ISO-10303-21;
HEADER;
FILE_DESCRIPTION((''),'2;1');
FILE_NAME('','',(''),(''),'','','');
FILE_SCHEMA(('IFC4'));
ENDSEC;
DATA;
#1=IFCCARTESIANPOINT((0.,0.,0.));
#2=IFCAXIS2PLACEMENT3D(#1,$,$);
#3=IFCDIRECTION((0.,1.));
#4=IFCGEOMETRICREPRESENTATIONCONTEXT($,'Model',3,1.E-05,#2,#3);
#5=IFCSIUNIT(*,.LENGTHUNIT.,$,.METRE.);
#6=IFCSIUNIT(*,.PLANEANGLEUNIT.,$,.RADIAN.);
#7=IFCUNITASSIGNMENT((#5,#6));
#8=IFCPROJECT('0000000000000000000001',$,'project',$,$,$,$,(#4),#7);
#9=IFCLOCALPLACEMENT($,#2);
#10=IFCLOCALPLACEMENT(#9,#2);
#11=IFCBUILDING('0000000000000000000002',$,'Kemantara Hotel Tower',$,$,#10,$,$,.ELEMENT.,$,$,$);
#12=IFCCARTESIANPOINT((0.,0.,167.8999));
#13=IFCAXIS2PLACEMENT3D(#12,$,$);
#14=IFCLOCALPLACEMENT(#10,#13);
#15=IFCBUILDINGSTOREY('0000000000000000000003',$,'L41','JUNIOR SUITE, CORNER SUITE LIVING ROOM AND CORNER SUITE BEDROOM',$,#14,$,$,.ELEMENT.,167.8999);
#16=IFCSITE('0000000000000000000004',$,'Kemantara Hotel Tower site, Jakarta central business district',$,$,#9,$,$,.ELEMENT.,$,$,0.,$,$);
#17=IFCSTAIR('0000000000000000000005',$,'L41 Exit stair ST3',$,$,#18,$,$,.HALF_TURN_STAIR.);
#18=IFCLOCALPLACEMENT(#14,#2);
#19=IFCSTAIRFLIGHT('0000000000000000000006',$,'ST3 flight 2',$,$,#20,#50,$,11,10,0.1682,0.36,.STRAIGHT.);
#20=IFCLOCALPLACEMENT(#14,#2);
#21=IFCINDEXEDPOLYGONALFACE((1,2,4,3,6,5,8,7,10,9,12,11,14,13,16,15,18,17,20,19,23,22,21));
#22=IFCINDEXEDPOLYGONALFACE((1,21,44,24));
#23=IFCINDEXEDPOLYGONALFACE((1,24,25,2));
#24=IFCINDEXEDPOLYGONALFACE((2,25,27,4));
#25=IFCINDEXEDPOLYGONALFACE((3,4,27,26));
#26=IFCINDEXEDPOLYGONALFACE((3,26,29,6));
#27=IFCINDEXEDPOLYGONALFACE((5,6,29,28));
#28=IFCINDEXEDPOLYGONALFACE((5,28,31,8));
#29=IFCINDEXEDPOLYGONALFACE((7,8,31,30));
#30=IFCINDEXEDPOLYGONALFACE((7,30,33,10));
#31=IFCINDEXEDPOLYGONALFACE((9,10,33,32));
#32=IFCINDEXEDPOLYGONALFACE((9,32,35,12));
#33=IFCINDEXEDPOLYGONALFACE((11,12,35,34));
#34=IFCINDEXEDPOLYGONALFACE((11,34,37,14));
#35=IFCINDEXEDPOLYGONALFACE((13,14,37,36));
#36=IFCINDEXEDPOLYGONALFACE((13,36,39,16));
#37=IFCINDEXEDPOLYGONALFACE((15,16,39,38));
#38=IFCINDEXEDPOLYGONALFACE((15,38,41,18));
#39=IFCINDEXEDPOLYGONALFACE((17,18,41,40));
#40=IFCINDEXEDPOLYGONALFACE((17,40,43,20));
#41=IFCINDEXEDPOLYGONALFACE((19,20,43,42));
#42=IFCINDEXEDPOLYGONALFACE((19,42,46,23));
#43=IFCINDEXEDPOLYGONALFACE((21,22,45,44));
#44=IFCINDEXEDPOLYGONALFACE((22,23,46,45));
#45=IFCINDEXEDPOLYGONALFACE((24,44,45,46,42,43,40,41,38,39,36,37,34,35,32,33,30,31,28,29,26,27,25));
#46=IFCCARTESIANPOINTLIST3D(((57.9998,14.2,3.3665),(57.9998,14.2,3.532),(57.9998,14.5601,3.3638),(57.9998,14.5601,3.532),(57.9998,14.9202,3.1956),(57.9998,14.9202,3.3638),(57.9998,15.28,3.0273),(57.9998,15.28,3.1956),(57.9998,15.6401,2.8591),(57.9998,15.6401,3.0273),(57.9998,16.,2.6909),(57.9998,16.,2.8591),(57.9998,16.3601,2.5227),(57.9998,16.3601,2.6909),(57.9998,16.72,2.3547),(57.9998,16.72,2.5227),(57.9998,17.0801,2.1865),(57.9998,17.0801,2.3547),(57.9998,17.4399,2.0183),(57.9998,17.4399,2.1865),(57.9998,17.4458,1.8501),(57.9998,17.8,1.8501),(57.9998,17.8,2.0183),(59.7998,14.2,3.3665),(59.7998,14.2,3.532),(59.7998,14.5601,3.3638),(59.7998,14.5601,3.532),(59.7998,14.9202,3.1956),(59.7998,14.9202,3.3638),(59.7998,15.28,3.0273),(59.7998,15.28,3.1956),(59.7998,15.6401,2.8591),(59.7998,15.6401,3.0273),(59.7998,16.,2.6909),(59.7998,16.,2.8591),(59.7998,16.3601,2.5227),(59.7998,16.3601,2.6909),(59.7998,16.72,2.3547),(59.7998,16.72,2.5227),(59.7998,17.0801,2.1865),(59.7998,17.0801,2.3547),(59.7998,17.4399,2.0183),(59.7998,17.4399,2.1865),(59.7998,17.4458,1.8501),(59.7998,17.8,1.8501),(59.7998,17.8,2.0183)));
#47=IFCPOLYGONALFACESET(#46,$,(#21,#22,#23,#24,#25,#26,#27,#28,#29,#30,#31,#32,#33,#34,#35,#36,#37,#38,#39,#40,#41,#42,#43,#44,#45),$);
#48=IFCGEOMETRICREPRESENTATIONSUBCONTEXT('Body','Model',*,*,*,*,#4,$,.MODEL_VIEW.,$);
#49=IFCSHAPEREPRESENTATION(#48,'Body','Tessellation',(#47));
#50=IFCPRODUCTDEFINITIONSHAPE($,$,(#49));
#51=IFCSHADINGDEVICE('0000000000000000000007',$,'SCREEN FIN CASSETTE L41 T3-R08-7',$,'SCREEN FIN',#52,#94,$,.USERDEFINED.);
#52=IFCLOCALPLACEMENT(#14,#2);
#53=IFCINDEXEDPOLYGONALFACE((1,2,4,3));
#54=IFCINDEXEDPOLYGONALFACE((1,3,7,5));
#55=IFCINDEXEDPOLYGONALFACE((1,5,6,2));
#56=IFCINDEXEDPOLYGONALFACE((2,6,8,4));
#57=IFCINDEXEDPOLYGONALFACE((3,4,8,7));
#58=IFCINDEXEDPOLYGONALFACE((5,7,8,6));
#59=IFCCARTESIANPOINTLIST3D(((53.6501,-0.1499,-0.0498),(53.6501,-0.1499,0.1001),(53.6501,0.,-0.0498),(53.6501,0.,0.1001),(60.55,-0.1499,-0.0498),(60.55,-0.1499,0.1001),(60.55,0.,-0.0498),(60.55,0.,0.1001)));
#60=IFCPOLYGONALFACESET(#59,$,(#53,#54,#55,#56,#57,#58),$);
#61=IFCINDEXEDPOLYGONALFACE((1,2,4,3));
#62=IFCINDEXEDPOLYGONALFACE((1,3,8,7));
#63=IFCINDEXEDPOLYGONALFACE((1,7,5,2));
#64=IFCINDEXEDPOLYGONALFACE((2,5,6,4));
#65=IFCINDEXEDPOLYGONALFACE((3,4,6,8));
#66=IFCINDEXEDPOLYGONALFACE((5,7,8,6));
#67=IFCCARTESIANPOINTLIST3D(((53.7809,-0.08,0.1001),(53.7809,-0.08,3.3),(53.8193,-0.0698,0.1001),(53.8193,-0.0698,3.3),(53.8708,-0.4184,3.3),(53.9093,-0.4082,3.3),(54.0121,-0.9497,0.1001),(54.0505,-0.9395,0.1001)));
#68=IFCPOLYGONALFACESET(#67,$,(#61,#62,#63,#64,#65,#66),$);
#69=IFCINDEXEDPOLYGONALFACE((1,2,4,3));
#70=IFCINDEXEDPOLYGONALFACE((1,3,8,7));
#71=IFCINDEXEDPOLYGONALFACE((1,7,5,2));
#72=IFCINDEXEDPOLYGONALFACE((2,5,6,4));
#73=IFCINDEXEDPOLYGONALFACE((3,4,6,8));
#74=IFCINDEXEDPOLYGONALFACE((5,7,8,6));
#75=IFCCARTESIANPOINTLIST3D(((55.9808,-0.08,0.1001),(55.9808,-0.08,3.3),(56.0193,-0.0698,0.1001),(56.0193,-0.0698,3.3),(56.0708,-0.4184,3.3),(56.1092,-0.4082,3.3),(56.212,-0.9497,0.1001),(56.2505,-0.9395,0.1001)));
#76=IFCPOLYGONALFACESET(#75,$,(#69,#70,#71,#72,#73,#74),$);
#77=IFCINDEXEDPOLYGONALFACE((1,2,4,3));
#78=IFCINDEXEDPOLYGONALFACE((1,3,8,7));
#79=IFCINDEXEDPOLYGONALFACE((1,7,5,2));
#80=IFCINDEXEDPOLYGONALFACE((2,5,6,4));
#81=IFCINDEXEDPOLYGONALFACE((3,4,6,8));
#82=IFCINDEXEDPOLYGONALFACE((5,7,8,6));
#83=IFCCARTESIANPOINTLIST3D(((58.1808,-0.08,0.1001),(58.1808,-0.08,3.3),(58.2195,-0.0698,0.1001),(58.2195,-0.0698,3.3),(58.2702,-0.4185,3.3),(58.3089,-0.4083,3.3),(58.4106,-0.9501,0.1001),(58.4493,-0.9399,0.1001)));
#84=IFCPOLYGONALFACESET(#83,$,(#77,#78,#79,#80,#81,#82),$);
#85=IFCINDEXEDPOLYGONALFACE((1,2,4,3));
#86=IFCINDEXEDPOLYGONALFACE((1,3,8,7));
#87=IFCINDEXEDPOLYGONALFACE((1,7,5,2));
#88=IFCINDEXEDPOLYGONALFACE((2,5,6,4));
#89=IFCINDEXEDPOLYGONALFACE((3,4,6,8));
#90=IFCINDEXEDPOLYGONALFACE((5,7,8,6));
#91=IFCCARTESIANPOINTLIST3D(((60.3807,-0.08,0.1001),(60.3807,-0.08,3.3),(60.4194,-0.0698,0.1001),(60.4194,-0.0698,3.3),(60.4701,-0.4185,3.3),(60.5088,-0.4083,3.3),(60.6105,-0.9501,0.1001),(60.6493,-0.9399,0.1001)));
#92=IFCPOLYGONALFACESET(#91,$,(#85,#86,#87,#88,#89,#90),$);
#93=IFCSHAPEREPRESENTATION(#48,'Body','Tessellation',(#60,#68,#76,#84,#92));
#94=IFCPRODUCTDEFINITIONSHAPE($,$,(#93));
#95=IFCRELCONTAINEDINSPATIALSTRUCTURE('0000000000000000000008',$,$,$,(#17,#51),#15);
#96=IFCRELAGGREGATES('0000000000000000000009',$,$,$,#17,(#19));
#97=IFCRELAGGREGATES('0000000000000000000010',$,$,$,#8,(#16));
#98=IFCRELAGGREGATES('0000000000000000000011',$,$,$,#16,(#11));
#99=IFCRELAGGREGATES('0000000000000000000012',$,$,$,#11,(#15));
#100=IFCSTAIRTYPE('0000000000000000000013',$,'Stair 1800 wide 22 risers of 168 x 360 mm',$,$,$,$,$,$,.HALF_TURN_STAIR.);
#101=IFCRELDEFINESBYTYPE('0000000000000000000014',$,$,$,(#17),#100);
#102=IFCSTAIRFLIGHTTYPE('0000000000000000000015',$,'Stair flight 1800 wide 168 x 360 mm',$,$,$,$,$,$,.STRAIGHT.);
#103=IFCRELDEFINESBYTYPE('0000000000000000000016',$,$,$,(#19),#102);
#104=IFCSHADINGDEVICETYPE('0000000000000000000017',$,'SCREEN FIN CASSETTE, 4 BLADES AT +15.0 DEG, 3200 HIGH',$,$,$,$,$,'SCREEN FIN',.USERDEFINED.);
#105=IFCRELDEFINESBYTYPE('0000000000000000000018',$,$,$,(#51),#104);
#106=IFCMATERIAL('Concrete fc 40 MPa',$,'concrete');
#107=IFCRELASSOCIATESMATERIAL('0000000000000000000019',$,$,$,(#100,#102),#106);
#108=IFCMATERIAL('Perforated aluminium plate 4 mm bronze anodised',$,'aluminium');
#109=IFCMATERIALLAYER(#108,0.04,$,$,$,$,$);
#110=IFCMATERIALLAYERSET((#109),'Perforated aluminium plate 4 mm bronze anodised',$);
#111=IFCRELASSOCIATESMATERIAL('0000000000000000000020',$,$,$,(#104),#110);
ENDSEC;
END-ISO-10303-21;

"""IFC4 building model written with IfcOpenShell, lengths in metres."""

from ifc_helpers import new_model, si_unit, direction, frame, origin, origin_2d, place, context, subcontext, project, spatial, polyline, rectangle, outline, extrude, source, transform, mapped, material, layer, layer_set, type_object, element, aggregate, save


model = new_model("IFC4")

# Units and contexts
model_context = context("Model", 3, precision=1e-05, world=origin(), true_north=direction((0.0, 1.0)))
body_context = subcontext(model_context, "Body", "Model", "MODEL_VIEW")
ifc_project = project(units=[si_unit("LENGTHUNIT", "METRE"), si_unit("PLANEANGLEUNIT", "RADIAN")], contexts=[model_context])

# Site, building, storey
site_placement = place(None, origin())
site = spatial("IfcSite", under=ifc_project, at=site_placement, Name="Kemantara Hotel Tower site, Jakarta central business district", CompositionType="ELEMENT", RefElevation=0.0)
building_placement = place(site_placement, origin())
building = spatial("IfcBuilding", under=site, at=building_placement, Name="Kemantara Hotel Tower", CompositionType="ELEMENT")
storey_placement = place(building_placement, frame((0.0, 0.0, 167.8999)))
storey = spatial("IfcBuildingStorey", under=building, at=storey_placement, Name="L41", Description="JUNIOR SUITE, CORNER SUITE LIVING ROOM AND CORNER SUITE BEDROOM", CompositionType="ELEMENT", Elevation=167.8999)

# Shared definitions
ifc_material_1 = material(Name="Concrete fc 40 MPa", Category="concrete")

# Stair, stair flight
stair_type = type_object("IfcStairType", Name="Stair 1800 wide 22 risers of 168 x 360 mm", PredefinedType="HALF_TURN_STAIR", material=ifc_material_1)
stair_placement = place(storey_placement, origin())
stair = element("IfcStair", 1, at=stair_placement, inside=storey, type_object=stair_type, Name="L41 Exit stair ST3", PredefinedType="HALF_TURN_STAIR")
stair_flight_type = type_object("IfcStairFlightType", Name="Stair flight 1800 wide 168 x 360 mm", PredefinedType="STRAIGHT", material=ifc_material_1)
stair_flight_1_placement = place(storey_placement, frame((58.8999, 17.8, 1.8501), z_axis=(0.0, 0.0, 1.0), x_axis=(0.0, -1.0, 0.0)))
stair_flight_1 = element("IfcStairFlight", 2, at=stair_flight_1_placement, type_object=stair_flight_type, Name="ST3 flight 2", NumberOfRisers=11, NumberOfTreads=10, PredefinedType="STRAIGHT", RiserHeight=0.1682, TreadLength=0.36, context=body_context, shape_type="SweptSolid", body=[
    extrude(outline(polyline([(0.0, 0.0), (0.0, 0.1682), (0.3601, 0.1682), (0.3601, 0.3364), (0.72, 0.3364), (0.72, 0.5046), (1.0801, 0.5046), (1.0801, 0.6726), (1.4399, 0.6726), (1.4399, 0.8408), (1.8, 0.8408), (1.8, 1.009), (2.1599, 1.009), (2.1599, 1.1772), (2.52, 1.1772), (2.52, 1.3455), (2.8799, 1.3455), (2.8799, 1.5137), (3.24, 1.5137), (3.24, 1.6819), (3.6001, 1.6819), (3.6001, 1.8501), (3.6001, 1.5164), (0.3542, 0.0), (0.0, 0.0)])), frame((0.0, 0.8999, 0.0), z_axis=(0.0, -1.0, 0.0), x_axis=(1.0, 0.0, 0.0)), (0.0, 0.0, 1.0), 1.8),
])
aggregate(stair, [stair_flight_1])

# Shading device
ifc_material_2 = material(Name="Perforated aluminium plate 4 mm bronze anodised", Category="aluminium")
ifc_layer_1 = layer(ifc_material_2, 0.04)
ifc_layer_set_1 = layer_set([ifc_layer_1], Name="Perforated aluminium plate 4 mm bronze anodised")
shading_device_type = type_object("IfcShadingDeviceType", Name="SCREEN FIN CASSETTE, 4 BLADES AT +15.0 DEG, 3200 HIGH", ElementType="SCREEN FIN", PredefinedType="USERDEFINED", material=ifc_layer_set_1)
shared_shape = source(origin(), body_context, "Body", "SweptSolid", [
    extrude(rectangle(XDim=6.8999, YDim=0.1499, at=origin_2d()), frame((3.3, -0.075, -0.1499), z_axis=(0.0, 0.0, 1.0), x_axis=(1.0, 0.0, 0.0)), (0.0, 0.0, 1.0), 0.1499),
    extrude(outline(polyline([(0.0, 0.0), (0.8999, 0.0), (0.3501, 3.2), (0.0, 3.2), (0.0, 0.0)])), frame((0.0193, -0.0698, 0.0), z_axis=(-0.966438, -0.256901, 0.0), x_axis=(0.256901, -0.966438, 0.0)), (0.0, 0.0, 1.0), 0.0398),
    extrude(outline(polyline([(0.0, 0.0), (0.8999, 0.0), (0.3501, 3.2), (0.0, 3.2), (0.0, 0.0)])), frame((2.2192, -0.0698, 0.0), z_axis=(-0.966438, -0.256901, 0.0), x_axis=(0.256901, -0.966438, 0.0)), (0.0, 0.0, 1.0), 0.0398),
    extrude(outline(polyline([(0.0, 0.0), (0.8999, 0.0), (0.3501, 3.2), (0.0, 3.2), (0.0, 0.0)])), frame((4.4194, -0.0698, 0.0), z_axis=(-0.966838, -0.255391, 0.0), x_axis=(0.255391, -0.966838, 0.0)), (0.0, 0.0, 1.0), 0.04),
    extrude(outline(polyline([(0.0, 0.0), (0.8999, 0.0), (0.3501, 3.2), (0.0, 3.2), (0.0, 0.0)])), frame((6.6194, -0.0698, 0.0), z_axis=(-0.966838, -0.255391, 0.0), x_axis=(0.255391, -0.966838, 0.0)), (0.0, 0.0, 1.0), 0.04),
])
shading_device_placement = place(storey_placement, frame((53.8, 0.0, 0.1001), z_axis=(0.0, 0.0, 1.0), x_axis=(1.0, 0.0, 0.0)))
element("IfcShadingDevice", 3, at=shading_device_placement, inside=storey, type_object=shading_device_type, Name="SCREEN FIN CASSETTE L41 T3-R08-7", ObjectType="SCREEN FIN", PredefinedType="USERDEFINED", context=body_context, shape_type="MappedRepresentation", body=[
    mapped(shared_shape, transform((0.0, 0.0, 0.0))),
])

save(model, "model.ifc")
